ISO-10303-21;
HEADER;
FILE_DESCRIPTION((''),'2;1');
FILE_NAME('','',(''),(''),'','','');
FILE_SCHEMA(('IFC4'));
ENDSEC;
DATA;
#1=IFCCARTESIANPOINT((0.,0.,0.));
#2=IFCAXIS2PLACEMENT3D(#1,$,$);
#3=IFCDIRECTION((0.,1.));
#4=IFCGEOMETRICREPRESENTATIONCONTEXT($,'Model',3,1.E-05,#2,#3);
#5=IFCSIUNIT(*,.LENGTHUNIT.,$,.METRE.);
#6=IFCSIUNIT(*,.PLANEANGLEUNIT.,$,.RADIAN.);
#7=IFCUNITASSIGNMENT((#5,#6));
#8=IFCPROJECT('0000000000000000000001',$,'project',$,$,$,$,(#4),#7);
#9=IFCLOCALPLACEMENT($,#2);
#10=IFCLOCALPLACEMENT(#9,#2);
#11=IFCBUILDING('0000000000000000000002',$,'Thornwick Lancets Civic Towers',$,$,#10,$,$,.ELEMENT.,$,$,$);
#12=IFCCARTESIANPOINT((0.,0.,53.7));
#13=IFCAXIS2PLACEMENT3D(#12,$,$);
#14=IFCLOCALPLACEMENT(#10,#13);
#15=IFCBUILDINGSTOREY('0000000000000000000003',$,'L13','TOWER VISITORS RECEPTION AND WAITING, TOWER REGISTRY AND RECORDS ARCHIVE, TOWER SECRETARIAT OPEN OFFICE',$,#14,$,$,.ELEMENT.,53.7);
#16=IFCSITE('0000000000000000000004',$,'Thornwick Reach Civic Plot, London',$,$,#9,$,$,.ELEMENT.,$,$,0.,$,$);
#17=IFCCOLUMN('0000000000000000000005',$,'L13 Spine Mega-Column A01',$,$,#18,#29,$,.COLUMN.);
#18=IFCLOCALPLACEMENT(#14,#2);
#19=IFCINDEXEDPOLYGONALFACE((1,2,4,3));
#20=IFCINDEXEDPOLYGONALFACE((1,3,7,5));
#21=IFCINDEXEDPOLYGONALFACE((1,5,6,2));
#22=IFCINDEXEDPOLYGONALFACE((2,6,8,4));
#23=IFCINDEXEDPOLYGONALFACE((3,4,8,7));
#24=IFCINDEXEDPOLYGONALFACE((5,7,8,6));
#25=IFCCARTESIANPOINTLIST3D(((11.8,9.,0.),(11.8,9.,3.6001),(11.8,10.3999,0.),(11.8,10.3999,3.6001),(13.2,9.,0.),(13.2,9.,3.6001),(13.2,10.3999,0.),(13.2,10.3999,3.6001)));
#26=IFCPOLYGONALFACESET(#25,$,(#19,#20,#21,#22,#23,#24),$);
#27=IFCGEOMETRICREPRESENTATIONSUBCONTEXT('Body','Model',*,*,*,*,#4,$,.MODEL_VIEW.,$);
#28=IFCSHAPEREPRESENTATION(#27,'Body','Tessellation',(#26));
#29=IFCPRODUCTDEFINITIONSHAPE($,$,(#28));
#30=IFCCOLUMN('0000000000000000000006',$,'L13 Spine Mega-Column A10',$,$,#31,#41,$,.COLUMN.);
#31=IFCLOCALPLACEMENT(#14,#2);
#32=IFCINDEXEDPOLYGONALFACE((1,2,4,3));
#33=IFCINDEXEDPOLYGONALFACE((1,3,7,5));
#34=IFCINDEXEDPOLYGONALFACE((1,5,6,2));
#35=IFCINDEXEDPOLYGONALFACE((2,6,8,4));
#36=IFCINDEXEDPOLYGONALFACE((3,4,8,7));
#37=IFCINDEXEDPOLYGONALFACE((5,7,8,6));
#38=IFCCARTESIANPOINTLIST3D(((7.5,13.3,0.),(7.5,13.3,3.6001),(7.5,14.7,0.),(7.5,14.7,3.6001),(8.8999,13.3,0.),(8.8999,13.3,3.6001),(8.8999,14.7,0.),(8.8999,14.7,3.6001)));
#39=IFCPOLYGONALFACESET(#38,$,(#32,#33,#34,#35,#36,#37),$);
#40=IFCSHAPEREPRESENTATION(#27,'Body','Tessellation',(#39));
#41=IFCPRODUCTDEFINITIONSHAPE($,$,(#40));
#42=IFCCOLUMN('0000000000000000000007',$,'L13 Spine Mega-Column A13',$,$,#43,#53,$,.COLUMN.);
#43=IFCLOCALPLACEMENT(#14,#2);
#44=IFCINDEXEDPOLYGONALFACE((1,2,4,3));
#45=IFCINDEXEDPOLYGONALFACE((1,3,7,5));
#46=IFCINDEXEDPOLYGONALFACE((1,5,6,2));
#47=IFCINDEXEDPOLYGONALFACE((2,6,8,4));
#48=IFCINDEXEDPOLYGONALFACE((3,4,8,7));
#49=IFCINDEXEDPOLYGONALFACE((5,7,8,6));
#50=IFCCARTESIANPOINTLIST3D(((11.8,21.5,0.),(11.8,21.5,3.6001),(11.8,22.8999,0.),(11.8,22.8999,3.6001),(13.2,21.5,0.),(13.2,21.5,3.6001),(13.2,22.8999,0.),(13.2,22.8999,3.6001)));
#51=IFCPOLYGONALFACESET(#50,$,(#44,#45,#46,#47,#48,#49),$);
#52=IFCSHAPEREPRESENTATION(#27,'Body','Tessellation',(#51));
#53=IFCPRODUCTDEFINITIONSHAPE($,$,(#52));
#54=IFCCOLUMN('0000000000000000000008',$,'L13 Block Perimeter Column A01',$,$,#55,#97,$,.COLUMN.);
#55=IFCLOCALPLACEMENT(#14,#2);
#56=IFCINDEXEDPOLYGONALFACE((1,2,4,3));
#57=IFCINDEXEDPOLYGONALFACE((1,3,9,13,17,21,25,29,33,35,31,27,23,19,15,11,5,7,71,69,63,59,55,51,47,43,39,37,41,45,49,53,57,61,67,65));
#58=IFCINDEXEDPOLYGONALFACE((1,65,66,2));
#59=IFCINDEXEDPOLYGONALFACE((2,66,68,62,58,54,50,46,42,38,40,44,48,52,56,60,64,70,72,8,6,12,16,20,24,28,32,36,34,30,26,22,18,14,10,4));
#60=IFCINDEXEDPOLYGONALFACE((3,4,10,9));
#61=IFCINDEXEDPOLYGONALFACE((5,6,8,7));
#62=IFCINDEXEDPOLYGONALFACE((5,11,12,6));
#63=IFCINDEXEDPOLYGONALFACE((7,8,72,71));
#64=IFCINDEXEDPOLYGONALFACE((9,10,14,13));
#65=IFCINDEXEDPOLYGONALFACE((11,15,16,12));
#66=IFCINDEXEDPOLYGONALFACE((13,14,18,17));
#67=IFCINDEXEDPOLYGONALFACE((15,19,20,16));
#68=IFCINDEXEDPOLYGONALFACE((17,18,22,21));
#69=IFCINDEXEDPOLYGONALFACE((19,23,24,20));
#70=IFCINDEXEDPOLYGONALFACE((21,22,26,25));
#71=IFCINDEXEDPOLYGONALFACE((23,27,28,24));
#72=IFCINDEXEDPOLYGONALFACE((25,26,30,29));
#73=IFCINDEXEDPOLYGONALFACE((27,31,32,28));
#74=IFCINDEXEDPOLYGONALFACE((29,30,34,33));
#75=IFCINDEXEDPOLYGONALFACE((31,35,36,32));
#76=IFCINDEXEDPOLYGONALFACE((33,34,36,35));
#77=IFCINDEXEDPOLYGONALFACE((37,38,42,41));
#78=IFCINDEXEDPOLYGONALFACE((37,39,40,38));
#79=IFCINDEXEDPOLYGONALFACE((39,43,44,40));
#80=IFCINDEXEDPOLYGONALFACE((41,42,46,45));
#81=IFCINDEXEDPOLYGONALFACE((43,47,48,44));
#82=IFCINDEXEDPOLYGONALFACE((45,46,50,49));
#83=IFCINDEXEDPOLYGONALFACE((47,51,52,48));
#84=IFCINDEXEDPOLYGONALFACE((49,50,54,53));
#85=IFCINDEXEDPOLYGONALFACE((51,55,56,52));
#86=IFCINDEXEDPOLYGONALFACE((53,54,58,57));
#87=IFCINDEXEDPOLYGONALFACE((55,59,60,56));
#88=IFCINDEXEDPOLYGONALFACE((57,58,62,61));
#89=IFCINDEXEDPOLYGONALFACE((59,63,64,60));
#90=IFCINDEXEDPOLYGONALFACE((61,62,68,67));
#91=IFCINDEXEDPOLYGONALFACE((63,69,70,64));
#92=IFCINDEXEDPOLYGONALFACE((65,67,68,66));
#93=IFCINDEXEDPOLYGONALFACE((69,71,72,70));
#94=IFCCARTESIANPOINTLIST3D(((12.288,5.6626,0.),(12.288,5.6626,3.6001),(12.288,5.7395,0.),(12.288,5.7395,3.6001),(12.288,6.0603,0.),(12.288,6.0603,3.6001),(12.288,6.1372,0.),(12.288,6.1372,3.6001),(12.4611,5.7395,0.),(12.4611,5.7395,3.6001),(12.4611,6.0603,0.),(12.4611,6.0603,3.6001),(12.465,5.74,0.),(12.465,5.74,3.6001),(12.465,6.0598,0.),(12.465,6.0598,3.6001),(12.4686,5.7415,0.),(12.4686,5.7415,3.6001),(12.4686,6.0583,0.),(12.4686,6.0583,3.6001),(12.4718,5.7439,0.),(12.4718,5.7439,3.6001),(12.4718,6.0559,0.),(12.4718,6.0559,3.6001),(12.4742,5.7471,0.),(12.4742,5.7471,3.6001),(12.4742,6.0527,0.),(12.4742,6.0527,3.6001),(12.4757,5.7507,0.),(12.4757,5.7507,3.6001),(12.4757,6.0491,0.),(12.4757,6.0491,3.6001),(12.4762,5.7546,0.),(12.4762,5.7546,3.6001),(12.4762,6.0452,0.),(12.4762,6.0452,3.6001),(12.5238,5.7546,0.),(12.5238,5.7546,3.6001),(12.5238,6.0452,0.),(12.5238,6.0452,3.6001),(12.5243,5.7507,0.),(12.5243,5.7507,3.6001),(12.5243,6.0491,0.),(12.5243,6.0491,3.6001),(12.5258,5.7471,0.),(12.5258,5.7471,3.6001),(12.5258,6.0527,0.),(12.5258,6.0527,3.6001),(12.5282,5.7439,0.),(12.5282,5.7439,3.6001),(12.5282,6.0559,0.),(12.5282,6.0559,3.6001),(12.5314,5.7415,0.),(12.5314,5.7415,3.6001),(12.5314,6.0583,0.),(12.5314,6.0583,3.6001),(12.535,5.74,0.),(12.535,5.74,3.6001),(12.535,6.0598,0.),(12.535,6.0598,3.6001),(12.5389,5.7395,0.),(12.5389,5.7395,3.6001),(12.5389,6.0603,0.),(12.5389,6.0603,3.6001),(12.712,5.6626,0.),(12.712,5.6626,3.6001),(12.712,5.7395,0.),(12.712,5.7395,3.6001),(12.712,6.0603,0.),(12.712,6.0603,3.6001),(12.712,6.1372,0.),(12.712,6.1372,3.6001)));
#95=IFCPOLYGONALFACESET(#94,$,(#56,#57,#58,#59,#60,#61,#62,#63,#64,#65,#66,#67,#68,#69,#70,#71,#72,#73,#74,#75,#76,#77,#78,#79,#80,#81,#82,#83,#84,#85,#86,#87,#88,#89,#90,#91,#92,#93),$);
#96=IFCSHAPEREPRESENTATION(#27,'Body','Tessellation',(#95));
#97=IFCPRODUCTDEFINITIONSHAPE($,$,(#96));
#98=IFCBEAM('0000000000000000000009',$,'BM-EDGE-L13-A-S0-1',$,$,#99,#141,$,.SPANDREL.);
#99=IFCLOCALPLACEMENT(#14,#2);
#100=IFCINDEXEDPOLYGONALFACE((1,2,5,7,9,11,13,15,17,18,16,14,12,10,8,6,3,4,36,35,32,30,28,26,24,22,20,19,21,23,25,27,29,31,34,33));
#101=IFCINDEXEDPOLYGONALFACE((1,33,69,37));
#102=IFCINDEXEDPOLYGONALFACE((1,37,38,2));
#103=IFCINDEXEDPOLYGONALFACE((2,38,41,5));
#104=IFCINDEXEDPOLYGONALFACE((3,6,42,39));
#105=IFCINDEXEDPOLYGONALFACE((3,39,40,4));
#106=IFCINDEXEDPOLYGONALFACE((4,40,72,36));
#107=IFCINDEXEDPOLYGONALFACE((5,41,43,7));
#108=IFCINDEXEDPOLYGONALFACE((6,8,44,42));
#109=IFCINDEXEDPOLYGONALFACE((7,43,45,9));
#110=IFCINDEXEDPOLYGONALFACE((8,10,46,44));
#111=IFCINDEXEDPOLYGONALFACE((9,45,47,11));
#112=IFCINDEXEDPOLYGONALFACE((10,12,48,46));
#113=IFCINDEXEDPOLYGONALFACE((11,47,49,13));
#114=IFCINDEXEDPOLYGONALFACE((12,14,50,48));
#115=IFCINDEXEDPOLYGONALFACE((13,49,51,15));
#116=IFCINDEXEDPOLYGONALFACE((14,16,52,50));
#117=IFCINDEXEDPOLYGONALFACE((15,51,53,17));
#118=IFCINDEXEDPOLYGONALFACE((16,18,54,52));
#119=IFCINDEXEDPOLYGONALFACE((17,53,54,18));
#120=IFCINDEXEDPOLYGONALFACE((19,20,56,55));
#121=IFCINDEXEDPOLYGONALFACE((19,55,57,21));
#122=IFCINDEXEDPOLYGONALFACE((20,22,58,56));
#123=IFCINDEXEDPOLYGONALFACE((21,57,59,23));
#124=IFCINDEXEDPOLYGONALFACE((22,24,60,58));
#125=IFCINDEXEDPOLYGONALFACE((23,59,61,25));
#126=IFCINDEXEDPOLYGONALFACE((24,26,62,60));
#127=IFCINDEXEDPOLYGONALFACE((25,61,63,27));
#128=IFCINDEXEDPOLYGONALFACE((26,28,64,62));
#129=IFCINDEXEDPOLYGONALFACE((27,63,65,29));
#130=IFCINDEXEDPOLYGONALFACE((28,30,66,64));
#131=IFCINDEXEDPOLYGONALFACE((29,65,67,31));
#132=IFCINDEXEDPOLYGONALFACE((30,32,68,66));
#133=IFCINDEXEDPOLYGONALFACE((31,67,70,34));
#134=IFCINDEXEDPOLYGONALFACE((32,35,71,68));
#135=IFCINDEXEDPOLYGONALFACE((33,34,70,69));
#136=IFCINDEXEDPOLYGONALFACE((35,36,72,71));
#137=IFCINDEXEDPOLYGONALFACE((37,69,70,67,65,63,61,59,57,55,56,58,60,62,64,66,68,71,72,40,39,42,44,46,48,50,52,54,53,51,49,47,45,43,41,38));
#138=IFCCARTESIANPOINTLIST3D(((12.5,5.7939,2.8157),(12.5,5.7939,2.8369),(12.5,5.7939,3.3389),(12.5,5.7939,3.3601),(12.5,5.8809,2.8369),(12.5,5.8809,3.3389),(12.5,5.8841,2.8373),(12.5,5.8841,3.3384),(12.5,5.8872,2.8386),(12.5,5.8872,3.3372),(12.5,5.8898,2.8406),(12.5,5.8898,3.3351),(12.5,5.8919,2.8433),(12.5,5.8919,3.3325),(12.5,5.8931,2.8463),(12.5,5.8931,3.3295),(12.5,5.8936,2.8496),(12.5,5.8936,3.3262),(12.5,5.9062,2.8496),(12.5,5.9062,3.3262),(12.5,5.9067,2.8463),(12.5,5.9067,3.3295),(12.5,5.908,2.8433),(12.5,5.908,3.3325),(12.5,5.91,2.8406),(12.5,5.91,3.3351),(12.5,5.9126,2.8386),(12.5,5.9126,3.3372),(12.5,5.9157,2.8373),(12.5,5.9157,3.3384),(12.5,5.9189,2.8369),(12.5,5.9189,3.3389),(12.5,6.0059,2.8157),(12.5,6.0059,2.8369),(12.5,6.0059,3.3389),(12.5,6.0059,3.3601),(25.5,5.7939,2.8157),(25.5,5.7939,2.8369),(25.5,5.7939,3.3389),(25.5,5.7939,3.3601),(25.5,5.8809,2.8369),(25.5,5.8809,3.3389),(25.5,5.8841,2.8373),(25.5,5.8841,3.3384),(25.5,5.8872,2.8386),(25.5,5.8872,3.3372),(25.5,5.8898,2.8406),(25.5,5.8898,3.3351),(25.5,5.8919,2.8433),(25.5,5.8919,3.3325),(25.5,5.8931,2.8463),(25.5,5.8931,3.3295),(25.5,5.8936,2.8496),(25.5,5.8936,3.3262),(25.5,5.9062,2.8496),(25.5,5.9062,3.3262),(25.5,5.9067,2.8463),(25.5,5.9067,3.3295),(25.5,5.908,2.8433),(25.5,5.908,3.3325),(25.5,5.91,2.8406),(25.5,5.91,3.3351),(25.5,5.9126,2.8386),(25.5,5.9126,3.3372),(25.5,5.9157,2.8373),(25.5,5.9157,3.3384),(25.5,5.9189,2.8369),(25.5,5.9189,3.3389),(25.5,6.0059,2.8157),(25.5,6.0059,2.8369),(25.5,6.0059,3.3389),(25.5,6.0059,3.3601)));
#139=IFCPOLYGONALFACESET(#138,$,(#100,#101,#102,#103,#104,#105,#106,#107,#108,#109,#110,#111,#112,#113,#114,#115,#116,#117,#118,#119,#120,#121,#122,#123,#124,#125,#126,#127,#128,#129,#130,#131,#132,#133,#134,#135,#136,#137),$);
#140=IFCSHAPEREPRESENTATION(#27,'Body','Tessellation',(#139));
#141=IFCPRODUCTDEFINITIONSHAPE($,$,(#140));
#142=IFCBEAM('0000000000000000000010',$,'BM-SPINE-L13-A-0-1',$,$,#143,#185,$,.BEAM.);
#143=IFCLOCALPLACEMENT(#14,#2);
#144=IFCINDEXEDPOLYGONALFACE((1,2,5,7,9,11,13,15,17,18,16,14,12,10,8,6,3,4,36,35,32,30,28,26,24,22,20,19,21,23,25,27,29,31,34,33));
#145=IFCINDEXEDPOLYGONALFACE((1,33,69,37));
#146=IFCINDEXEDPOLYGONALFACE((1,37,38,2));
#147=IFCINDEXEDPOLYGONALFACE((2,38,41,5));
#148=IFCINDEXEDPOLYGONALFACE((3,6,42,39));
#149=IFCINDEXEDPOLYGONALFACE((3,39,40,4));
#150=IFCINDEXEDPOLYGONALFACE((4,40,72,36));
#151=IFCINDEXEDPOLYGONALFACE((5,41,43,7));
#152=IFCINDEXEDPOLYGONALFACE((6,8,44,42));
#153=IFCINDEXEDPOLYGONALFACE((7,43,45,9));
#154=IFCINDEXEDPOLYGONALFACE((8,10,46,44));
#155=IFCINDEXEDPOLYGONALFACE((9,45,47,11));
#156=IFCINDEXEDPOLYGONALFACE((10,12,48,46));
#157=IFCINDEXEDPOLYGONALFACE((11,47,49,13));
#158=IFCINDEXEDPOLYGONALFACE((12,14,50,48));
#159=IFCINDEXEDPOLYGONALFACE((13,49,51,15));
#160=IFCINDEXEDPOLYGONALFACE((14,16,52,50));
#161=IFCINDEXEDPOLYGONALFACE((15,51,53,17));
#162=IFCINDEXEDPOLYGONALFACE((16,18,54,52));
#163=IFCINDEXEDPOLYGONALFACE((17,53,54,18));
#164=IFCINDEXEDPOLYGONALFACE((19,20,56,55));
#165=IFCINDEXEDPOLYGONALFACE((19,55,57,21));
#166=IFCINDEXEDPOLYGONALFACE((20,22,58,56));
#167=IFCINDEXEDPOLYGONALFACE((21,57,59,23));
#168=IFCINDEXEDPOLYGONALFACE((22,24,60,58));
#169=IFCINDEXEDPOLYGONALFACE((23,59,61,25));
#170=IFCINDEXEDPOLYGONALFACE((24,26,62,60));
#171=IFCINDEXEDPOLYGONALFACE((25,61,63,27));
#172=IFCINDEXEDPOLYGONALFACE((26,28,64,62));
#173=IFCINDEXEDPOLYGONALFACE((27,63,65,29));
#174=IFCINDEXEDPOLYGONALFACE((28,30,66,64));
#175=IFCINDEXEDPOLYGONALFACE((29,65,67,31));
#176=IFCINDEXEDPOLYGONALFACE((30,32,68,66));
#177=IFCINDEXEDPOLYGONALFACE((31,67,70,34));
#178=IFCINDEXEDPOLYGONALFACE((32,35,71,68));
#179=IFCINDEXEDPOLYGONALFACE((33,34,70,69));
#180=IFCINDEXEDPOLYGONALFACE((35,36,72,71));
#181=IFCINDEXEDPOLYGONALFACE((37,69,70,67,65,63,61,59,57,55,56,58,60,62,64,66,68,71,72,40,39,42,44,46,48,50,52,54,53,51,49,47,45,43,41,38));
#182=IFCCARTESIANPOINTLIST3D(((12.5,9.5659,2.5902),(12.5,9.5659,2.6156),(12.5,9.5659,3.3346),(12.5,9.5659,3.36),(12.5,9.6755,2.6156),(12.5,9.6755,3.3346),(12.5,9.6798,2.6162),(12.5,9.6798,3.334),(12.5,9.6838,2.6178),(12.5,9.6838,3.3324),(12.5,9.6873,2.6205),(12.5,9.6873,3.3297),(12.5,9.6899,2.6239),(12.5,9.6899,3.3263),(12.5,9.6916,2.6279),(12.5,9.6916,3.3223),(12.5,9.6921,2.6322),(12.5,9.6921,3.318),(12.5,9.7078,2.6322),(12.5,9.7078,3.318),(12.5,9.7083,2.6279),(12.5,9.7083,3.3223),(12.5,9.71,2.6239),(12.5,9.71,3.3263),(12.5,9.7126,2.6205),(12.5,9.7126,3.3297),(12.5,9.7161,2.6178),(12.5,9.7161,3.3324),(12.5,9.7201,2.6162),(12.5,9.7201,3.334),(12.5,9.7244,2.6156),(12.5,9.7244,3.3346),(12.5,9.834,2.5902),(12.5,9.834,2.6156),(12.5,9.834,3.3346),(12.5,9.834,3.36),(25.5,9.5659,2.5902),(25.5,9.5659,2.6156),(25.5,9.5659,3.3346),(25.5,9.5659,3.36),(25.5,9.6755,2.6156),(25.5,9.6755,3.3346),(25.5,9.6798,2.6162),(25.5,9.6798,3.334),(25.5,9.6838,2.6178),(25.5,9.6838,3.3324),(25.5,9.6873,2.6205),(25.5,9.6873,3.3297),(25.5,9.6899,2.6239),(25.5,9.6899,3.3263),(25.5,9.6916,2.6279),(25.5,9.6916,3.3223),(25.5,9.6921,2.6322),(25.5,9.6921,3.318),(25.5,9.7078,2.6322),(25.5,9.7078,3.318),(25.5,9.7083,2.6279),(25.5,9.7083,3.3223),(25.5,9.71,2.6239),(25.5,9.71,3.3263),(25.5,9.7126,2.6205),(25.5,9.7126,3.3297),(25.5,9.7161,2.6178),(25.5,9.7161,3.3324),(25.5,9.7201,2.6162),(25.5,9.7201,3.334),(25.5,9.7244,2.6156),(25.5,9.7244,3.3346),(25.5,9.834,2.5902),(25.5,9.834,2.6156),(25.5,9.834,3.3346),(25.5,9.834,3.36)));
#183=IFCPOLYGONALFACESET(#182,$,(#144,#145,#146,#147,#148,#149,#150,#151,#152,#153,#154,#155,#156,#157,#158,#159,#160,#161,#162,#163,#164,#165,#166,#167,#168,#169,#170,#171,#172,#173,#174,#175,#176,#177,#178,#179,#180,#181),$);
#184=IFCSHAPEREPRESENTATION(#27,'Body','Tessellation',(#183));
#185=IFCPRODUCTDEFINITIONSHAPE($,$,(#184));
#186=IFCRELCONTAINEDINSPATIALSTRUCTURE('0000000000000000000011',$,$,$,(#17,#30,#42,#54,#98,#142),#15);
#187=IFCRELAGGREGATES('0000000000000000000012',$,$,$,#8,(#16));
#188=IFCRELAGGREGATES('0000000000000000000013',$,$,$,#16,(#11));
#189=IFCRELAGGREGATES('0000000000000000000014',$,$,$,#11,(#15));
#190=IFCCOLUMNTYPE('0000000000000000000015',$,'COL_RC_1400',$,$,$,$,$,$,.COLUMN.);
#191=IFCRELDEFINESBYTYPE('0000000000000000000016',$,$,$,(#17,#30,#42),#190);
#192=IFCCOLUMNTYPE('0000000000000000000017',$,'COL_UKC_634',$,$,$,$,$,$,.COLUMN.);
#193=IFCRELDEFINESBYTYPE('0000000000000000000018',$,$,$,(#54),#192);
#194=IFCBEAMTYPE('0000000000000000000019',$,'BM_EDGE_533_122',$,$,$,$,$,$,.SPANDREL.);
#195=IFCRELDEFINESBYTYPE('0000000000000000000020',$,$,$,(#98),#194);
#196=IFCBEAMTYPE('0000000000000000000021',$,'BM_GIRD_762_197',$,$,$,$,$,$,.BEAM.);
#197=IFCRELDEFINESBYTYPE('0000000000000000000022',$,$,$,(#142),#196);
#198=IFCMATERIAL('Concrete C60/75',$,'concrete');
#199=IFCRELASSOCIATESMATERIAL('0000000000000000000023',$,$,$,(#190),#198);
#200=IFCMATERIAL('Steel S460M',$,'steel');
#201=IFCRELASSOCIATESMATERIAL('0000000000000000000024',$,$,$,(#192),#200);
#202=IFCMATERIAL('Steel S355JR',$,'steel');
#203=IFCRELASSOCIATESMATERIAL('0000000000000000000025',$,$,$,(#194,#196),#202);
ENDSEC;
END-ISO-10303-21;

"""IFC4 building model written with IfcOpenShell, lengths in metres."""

from ifc_helpers import new_model, si_unit, direction, frame, origin, origin_2d, place, context, subcontext, project, spatial, rectangle, i_section, extrude, material, material_profile, profile_set, type_object, element, save


model = new_model("IFC4")

# Units and contexts
model_context = context("Model", 3, precision=1e-05, world=origin(), true_north=direction((0.0, 1.0)))
body_context = subcontext(model_context, "Body", "Model", "MODEL_VIEW")
ifc_project = project(units=[si_unit("LENGTHUNIT", "METRE"), si_unit("PLANEANGLEUNIT", "RADIAN")], contexts=[model_context])

# Site, building, storey
site_placement = place(None, origin())
site = spatial("IfcSite", under=ifc_project, at=site_placement, Name="Thornwick Reach Civic Plot, London", CompositionType="ELEMENT", RefElevation=0.0)
building_placement = place(site_placement, origin())
building = spatial("IfcBuilding", under=site, at=building_placement, Name="Thornwick Lancets Civic Towers", CompositionType="ELEMENT")
storey_placement = place(building_placement, frame((0.0, 0.0, 53.7)))
storey = spatial("IfcBuildingStorey", under=building, at=storey_placement, Name="L13", Description="TOWER VISITORS RECEPTION AND WAITING, TOWER REGISTRY AND RECORDS ARCHIVE, TOWER SECRETARIAT OPEN OFFICE", CompositionType="ELEMENT", Elevation=53.7)

# Columns
ifc_material_1 = material(Name="Concrete C60/75", Category="concrete")
ifc_material_profile_1 = material_profile(ifc_material_1, rectangle(XDim=1.3999, YDim=1.3999, at=origin_2d()), Name="RC 1400x1400")
ifc_profile_set_1 = profile_set([ifc_material_profile_1], Name="Concrete C60/75")
column_type_1 = type_object("IfcColumnType", Name="COL_RC_1400", PredefinedType="COLUMN", material=ifc_profile_set_1)
for number, where, z_axis, x_axis, name in (
    (1, (12.5, 9.7, 0.0), (0.0, 0.0, 1.0), (1.0, 0.0, 0.0), "L13 Spine Mega-Column A01"),
    (2, (8.2, 14.0, 0.0), (0.0, 0.0, 1.0), (1.0, 0.0, 0.0), "L13 Spine Mega-Column A10"),
    (3, (12.5, 22.2, 0.0), (0.0, 0.0, 1.0), (1.0, 0.0, 0.0), "L13 Spine Mega-Column A13"),
):
    element("IfcColumn", number, at=place(storey_placement, frame(where, z_axis=z_axis, x_axis=x_axis)), inside=storey, type_object=column_type_1, Name=name, PredefinedType="COLUMN", context=body_context, shape_type="SweptSolid", body=[
        extrude(rectangle(XDim=1.3999, YDim=1.3999, at=origin_2d()), origin(), (0.0, 0.0, 1.0), 3.6001),
    ])
ifc_material_2 = material(Name="Steel S460M", Category="steel")
ifc_material_profile_2 = material_profile(ifc_material_2, i_section(OverallWidth=0.4241, OverallDepth=0.4746, WebThickness=0.0476, FlangeThickness=0.0769, FilletRadius=0.0151, at=origin_2d()), Name="UKC 356x406x634")
ifc_profile_set_2 = profile_set([ifc_material_profile_2], Name="Steel S460M")
column_type_2 = type_object("IfcColumnType", Name="COL_UKC_634", PredefinedType="COLUMN", material=ifc_profile_set_2)
column_placement = place(storey_placement, frame((12.5, 5.8999, 0.0), z_axis=(0.0, 0.0, 1.0), x_axis=(1.0, 0.0, 0.0)))
element("IfcColumn", 4, at=column_placement, inside=storey, type_object=column_type_2, Name="L13 Block Perimeter Column A01", PredefinedType="COLUMN", context=body_context, shape_type="SweptSolid", body=[
    extrude(i_section(OverallWidth=0.4241, OverallDepth=0.4746, WebThickness=0.0476, FlangeThickness=0.0769, FilletRadius=0.0151, at=origin_2d()), origin(), (0.0, 0.0, 1.0), 3.6001),
])

# Beams
ifc_material_3 = material(Name="Steel S355JR", Category="steel")
ifc_material_profile_3 = material_profile(ifc_material_3, i_section(OverallWidth=0.2119, OverallDepth=0.5444, WebThickness=0.0127, FlangeThickness=0.0212, FilletRadius=0.0127, at=origin_2d()), Name="UKB 533x210x122")
ifc_profile_set_3 = profile_set([ifc_material_profile_3], Name="Steel S355JR")
beam_type_1 = type_object("IfcBeamType", Name="BM_EDGE_533_122", PredefinedType="SPANDREL", material=ifc_profile_set_3)
beam_1_placement = place(storey_placement, frame((12.5, 5.8999, 3.0879), z_axis=(1.0, 0.0, 0.0), x_axis=(0.0, 1.0, 0.0)))
element("IfcBeam", 5, at=beam_1_placement, inside=storey, type_object=beam_type_1, Name="BM-EDGE-L13-A-S0-1", PredefinedType="SPANDREL", context=body_context, shape_type="SweptSolid", body=[
    extrude(i_section(OverallWidth=0.2119, OverallDepth=0.5444, WebThickness=0.0127, FlangeThickness=0.0212, FilletRadius=0.0127, at=origin_2d()), origin(), (0.0, 0.0, 1.0), 13.0),
])
ifc_material_profile_4 = material_profile(ifc_material_3, i_section(OverallWidth=0.2681, OverallDepth=0.7698, WebThickness=0.0156, FlangeThickness=0.0254, FilletRadius=0.0166, at=origin_2d()), Name="UKB 762x267x197")
ifc_profile_set_4 = profile_set([ifc_material_profile_4], Name="Steel S355JR")
beam_type_2 = type_object("IfcBeamType", Name="BM_GIRD_762_197", PredefinedType="BEAM", material=ifc_profile_set_4)
for number, where, z_axis, x_axis, name in (
    (6, (12.5, 9.7, 2.9751), (1.0, 0.0, 0.0), (0.0, 1.0, 0.0), "BM-SPINE-L13-A-0-1"),
):
    element("IfcBeam", number, at=place(storey_placement, frame(where, z_axis=z_axis, x_axis=x_axis)), inside=storey, type_object=beam_type_2, Name=name, PredefinedType="BEAM", context=body_context, shape_type="SweptSolid", body=[
        extrude(i_section(OverallWidth=0.2681, OverallDepth=0.7698, WebThickness=0.0156, FlangeThickness=0.0254, FilletRadius=0.0166, at=origin_2d()), origin(), (0.0, 0.0, 1.0), 13.0),
    ])

save(model, "model.ifc")
